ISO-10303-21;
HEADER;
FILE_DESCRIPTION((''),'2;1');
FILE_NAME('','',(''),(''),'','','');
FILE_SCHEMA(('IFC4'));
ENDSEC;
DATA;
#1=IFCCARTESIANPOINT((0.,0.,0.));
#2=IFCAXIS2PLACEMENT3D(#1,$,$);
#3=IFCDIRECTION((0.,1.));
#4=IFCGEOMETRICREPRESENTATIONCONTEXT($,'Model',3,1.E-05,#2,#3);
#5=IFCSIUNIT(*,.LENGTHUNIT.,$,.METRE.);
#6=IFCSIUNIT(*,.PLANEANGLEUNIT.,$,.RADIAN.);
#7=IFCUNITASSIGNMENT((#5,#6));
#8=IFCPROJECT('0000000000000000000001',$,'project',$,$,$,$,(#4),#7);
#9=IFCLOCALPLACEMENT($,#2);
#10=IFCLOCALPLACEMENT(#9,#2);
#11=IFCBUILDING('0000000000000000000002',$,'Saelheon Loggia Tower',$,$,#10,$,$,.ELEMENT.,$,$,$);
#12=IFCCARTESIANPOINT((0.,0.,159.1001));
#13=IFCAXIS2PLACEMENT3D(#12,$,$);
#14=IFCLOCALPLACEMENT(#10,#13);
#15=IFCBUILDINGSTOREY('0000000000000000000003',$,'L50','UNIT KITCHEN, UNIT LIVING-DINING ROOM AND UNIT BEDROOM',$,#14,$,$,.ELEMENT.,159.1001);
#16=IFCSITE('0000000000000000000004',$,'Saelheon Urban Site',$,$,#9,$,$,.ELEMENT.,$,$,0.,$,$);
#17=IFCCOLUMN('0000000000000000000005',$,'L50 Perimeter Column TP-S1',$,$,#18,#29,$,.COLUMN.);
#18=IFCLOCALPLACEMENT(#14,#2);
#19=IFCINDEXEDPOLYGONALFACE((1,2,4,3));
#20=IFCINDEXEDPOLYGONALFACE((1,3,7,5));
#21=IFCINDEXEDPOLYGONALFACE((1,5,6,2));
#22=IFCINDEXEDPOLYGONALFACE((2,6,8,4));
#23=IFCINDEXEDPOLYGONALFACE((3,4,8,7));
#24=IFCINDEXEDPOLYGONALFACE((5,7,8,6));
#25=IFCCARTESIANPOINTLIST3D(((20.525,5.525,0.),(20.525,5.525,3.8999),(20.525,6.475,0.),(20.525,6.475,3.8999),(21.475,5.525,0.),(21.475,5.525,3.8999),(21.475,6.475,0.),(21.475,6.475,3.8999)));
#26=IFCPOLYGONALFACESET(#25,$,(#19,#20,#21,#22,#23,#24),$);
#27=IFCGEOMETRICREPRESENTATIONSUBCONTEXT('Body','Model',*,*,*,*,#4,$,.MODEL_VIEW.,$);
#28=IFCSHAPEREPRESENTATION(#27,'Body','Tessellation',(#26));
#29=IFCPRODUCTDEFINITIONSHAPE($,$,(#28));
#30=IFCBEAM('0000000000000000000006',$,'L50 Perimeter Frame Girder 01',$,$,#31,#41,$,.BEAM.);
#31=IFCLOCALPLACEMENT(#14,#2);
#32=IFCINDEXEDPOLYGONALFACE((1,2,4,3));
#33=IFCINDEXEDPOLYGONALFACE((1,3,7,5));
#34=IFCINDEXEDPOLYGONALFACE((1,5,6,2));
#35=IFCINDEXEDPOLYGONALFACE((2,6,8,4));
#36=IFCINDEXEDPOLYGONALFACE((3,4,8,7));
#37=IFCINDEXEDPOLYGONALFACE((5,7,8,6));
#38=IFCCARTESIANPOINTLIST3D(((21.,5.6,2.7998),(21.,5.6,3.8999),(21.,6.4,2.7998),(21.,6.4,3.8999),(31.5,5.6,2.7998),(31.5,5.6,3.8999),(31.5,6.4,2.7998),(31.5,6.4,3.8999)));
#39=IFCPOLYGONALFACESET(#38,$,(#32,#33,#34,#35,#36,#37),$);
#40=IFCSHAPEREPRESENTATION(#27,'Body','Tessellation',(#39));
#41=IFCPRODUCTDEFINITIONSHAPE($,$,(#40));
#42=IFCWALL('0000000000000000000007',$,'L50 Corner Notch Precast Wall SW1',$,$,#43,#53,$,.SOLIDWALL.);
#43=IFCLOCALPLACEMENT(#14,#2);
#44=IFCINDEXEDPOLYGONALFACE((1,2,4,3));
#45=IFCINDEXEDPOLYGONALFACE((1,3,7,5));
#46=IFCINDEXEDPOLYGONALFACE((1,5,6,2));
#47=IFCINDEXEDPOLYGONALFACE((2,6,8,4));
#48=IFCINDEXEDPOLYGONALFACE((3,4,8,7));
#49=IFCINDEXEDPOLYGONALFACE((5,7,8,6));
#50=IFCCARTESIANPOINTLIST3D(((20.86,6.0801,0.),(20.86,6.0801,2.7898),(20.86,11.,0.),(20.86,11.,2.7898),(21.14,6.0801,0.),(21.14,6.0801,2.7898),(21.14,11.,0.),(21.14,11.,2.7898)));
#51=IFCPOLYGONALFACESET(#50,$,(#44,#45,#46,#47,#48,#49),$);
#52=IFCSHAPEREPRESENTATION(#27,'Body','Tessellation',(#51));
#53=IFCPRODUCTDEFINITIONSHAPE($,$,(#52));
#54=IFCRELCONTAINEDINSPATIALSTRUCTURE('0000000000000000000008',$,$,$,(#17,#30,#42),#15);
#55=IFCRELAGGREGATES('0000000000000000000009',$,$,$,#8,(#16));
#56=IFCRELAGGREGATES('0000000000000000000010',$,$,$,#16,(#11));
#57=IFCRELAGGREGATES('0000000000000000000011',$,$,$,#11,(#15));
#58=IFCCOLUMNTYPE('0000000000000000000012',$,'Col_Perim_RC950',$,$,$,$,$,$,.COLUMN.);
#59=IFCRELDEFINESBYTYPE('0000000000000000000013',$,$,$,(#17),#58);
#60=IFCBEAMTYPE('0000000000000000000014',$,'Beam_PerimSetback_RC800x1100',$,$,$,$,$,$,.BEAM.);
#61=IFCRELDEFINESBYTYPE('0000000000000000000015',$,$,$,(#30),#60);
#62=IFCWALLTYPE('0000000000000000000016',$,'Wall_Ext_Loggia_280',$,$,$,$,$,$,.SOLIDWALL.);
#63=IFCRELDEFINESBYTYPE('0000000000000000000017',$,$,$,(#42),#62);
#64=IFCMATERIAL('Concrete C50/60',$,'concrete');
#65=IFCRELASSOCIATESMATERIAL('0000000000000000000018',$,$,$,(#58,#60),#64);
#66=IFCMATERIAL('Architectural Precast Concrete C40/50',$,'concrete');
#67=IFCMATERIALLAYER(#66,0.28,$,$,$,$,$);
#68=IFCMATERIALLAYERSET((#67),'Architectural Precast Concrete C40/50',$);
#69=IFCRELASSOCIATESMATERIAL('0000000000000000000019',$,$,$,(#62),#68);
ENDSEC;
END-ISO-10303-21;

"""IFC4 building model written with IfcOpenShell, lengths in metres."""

from ifc_helpers import new_model, si_unit, direction, frame, frame_2d, origin, origin_2d, place, context, subcontext, project, spatial, rectangle, extrude, source, transform, mapped, material, layer, layer_set, material_profile, profile_set, type_object, element, save


model = new_model("IFC4")

# Units and contexts
model_context = context("Model", 3, precision=1e-05, world=origin(), true_north=direction((0.0, 1.0)))
body_context = subcontext(model_context, "Body", "Model", "MODEL_VIEW")
ifc_project = project(units=[si_unit("LENGTHUNIT", "METRE"), si_unit("PLANEANGLEUNIT", "RADIAN")], contexts=[model_context])

# Site, building, storey
site_placement = place(None, origin())
site = spatial("IfcSite", under=ifc_project, at=site_placement, Name="Saelheon Urban Site", CompositionType="ELEMENT", RefElevation=0.0)
building_placement = place(site_placement, origin())
building = spatial("IfcBuilding", under=site, at=building_placement, Name="Saelheon Loggia Tower", CompositionType="ELEMENT")
storey_placement = place(building_placement, frame((0.0, 0.0, 159.1001)))
storey = spatial("IfcBuildingStorey", under=building, at=storey_placement, Name="L50", Description="UNIT KITCHEN, UNIT LIVING-DINING ROOM AND UNIT BEDROOM", CompositionType="ELEMENT", Elevation=159.1001)

# Column
ifc_material_1 = material(Name="Concrete C50/60", Category="concrete")
ifc_material_profile_1 = material_profile(ifc_material_1, rectangle(XDim=0.95, YDim=0.95, at=origin_2d()), Name="RC-950x950")
ifc_profile_set_1 = profile_set([ifc_material_profile_1], Name="Concrete C50/60")
column_type = type_object("IfcColumnType", Name="Col_Perim_RC950", PredefinedType="COLUMN", material=ifc_profile_set_1)
shared_shape_1 = source(origin(), body_context, "Body", "SweptSolid", [
    extrude(rectangle(XDim=0.95, YDim=0.95, at=origin_2d()), origin(), (0.0, 0.0, 1.0), 3.8999),
])
column_placement = place(storey_placement, frame((21.0, 6.0, 0.0), z_axis=(0.0, 0.0, 1.0), x_axis=(1.0, 0.0, 0.0)))
element("IfcColumn", 1, at=column_placement, inside=storey, type_object=column_type, Name="L50 Perimeter Column TP-S1", PredefinedType="COLUMN", context=body_context, shape_type="MappedRepresentation", body=[
    mapped(shared_shape_1, transform((0.0, 0.0, 0.0), scale=1.0)),
])

# Beam
ifc_material_profile_2 = material_profile(ifc_material_1, rectangle(XDim=0.8, YDim=1.1001, at=origin_2d()), Name="RC-800x1100")
ifc_profile_set_2 = profile_set([ifc_material_profile_2], Name="Concrete C50/60")
beam_type = type_object("IfcBeamType", Name="Beam_PerimSetback_RC800x1100", PredefinedType="BEAM", material=ifc_profile_set_2)
shared_shape_2 = source(origin(), body_context, "Body", "SweptSolid", [
    extrude(rectangle(XDim=0.8, YDim=1.1001, at=origin_2d()), origin(), (0.0, 0.0, 1.0), 10.5),
])
beam_placement = place(storey_placement, frame((21.0, 6.0, 3.3499), z_axis=(1.0, 0.0, 0.0), x_axis=(0.0, 1.0, 0.0)))
element("IfcBeam", 2, at=beam_placement, inside=storey, type_object=beam_type, Name="L50 Perimeter Frame Girder 01", PredefinedType="BEAM", context=body_context, shape_type="MappedRepresentation", body=[
    mapped(shared_shape_2, transform((0.0, 0.0, 0.0), scale=1.0)),
])

# Shared definitions
ifc_material_2 = material(Name="Architectural Precast Concrete C40/50", Category="concrete")
ifc_layer = layer(ifc_material_2, 0.28)
ifc_layer_set = layer_set([ifc_layer], Name="Architectural Precast Concrete C40/50")
wall_type = type_object("IfcWallType", Name="Wall_Ext_Loggia_280", PredefinedType="SOLIDWALL", material=ifc_layer_set)

# Wall
wall_1_placement = place(storey_placement, frame((21.0, 6.0801, 0.0), z_axis=(0.0, 0.0, 1.0), x_axis=(0.0, 1.0, 0.0)))
element("IfcWall", 3, at=wall_1_placement, inside=storey, type_object=wall_type, Name="L50 Corner Notch Precast Wall SW1", PredefinedType="SOLIDWALL", context=body_context, shape_type="SweptSolid", body=[
    extrude(rectangle(XDim=4.9199, YDim=0.28, at=frame_2d((2.46, 0.0))), origin(), (0.0, 0.0, 1.0), 2.7898),
])

save(model, "model.ifc")
